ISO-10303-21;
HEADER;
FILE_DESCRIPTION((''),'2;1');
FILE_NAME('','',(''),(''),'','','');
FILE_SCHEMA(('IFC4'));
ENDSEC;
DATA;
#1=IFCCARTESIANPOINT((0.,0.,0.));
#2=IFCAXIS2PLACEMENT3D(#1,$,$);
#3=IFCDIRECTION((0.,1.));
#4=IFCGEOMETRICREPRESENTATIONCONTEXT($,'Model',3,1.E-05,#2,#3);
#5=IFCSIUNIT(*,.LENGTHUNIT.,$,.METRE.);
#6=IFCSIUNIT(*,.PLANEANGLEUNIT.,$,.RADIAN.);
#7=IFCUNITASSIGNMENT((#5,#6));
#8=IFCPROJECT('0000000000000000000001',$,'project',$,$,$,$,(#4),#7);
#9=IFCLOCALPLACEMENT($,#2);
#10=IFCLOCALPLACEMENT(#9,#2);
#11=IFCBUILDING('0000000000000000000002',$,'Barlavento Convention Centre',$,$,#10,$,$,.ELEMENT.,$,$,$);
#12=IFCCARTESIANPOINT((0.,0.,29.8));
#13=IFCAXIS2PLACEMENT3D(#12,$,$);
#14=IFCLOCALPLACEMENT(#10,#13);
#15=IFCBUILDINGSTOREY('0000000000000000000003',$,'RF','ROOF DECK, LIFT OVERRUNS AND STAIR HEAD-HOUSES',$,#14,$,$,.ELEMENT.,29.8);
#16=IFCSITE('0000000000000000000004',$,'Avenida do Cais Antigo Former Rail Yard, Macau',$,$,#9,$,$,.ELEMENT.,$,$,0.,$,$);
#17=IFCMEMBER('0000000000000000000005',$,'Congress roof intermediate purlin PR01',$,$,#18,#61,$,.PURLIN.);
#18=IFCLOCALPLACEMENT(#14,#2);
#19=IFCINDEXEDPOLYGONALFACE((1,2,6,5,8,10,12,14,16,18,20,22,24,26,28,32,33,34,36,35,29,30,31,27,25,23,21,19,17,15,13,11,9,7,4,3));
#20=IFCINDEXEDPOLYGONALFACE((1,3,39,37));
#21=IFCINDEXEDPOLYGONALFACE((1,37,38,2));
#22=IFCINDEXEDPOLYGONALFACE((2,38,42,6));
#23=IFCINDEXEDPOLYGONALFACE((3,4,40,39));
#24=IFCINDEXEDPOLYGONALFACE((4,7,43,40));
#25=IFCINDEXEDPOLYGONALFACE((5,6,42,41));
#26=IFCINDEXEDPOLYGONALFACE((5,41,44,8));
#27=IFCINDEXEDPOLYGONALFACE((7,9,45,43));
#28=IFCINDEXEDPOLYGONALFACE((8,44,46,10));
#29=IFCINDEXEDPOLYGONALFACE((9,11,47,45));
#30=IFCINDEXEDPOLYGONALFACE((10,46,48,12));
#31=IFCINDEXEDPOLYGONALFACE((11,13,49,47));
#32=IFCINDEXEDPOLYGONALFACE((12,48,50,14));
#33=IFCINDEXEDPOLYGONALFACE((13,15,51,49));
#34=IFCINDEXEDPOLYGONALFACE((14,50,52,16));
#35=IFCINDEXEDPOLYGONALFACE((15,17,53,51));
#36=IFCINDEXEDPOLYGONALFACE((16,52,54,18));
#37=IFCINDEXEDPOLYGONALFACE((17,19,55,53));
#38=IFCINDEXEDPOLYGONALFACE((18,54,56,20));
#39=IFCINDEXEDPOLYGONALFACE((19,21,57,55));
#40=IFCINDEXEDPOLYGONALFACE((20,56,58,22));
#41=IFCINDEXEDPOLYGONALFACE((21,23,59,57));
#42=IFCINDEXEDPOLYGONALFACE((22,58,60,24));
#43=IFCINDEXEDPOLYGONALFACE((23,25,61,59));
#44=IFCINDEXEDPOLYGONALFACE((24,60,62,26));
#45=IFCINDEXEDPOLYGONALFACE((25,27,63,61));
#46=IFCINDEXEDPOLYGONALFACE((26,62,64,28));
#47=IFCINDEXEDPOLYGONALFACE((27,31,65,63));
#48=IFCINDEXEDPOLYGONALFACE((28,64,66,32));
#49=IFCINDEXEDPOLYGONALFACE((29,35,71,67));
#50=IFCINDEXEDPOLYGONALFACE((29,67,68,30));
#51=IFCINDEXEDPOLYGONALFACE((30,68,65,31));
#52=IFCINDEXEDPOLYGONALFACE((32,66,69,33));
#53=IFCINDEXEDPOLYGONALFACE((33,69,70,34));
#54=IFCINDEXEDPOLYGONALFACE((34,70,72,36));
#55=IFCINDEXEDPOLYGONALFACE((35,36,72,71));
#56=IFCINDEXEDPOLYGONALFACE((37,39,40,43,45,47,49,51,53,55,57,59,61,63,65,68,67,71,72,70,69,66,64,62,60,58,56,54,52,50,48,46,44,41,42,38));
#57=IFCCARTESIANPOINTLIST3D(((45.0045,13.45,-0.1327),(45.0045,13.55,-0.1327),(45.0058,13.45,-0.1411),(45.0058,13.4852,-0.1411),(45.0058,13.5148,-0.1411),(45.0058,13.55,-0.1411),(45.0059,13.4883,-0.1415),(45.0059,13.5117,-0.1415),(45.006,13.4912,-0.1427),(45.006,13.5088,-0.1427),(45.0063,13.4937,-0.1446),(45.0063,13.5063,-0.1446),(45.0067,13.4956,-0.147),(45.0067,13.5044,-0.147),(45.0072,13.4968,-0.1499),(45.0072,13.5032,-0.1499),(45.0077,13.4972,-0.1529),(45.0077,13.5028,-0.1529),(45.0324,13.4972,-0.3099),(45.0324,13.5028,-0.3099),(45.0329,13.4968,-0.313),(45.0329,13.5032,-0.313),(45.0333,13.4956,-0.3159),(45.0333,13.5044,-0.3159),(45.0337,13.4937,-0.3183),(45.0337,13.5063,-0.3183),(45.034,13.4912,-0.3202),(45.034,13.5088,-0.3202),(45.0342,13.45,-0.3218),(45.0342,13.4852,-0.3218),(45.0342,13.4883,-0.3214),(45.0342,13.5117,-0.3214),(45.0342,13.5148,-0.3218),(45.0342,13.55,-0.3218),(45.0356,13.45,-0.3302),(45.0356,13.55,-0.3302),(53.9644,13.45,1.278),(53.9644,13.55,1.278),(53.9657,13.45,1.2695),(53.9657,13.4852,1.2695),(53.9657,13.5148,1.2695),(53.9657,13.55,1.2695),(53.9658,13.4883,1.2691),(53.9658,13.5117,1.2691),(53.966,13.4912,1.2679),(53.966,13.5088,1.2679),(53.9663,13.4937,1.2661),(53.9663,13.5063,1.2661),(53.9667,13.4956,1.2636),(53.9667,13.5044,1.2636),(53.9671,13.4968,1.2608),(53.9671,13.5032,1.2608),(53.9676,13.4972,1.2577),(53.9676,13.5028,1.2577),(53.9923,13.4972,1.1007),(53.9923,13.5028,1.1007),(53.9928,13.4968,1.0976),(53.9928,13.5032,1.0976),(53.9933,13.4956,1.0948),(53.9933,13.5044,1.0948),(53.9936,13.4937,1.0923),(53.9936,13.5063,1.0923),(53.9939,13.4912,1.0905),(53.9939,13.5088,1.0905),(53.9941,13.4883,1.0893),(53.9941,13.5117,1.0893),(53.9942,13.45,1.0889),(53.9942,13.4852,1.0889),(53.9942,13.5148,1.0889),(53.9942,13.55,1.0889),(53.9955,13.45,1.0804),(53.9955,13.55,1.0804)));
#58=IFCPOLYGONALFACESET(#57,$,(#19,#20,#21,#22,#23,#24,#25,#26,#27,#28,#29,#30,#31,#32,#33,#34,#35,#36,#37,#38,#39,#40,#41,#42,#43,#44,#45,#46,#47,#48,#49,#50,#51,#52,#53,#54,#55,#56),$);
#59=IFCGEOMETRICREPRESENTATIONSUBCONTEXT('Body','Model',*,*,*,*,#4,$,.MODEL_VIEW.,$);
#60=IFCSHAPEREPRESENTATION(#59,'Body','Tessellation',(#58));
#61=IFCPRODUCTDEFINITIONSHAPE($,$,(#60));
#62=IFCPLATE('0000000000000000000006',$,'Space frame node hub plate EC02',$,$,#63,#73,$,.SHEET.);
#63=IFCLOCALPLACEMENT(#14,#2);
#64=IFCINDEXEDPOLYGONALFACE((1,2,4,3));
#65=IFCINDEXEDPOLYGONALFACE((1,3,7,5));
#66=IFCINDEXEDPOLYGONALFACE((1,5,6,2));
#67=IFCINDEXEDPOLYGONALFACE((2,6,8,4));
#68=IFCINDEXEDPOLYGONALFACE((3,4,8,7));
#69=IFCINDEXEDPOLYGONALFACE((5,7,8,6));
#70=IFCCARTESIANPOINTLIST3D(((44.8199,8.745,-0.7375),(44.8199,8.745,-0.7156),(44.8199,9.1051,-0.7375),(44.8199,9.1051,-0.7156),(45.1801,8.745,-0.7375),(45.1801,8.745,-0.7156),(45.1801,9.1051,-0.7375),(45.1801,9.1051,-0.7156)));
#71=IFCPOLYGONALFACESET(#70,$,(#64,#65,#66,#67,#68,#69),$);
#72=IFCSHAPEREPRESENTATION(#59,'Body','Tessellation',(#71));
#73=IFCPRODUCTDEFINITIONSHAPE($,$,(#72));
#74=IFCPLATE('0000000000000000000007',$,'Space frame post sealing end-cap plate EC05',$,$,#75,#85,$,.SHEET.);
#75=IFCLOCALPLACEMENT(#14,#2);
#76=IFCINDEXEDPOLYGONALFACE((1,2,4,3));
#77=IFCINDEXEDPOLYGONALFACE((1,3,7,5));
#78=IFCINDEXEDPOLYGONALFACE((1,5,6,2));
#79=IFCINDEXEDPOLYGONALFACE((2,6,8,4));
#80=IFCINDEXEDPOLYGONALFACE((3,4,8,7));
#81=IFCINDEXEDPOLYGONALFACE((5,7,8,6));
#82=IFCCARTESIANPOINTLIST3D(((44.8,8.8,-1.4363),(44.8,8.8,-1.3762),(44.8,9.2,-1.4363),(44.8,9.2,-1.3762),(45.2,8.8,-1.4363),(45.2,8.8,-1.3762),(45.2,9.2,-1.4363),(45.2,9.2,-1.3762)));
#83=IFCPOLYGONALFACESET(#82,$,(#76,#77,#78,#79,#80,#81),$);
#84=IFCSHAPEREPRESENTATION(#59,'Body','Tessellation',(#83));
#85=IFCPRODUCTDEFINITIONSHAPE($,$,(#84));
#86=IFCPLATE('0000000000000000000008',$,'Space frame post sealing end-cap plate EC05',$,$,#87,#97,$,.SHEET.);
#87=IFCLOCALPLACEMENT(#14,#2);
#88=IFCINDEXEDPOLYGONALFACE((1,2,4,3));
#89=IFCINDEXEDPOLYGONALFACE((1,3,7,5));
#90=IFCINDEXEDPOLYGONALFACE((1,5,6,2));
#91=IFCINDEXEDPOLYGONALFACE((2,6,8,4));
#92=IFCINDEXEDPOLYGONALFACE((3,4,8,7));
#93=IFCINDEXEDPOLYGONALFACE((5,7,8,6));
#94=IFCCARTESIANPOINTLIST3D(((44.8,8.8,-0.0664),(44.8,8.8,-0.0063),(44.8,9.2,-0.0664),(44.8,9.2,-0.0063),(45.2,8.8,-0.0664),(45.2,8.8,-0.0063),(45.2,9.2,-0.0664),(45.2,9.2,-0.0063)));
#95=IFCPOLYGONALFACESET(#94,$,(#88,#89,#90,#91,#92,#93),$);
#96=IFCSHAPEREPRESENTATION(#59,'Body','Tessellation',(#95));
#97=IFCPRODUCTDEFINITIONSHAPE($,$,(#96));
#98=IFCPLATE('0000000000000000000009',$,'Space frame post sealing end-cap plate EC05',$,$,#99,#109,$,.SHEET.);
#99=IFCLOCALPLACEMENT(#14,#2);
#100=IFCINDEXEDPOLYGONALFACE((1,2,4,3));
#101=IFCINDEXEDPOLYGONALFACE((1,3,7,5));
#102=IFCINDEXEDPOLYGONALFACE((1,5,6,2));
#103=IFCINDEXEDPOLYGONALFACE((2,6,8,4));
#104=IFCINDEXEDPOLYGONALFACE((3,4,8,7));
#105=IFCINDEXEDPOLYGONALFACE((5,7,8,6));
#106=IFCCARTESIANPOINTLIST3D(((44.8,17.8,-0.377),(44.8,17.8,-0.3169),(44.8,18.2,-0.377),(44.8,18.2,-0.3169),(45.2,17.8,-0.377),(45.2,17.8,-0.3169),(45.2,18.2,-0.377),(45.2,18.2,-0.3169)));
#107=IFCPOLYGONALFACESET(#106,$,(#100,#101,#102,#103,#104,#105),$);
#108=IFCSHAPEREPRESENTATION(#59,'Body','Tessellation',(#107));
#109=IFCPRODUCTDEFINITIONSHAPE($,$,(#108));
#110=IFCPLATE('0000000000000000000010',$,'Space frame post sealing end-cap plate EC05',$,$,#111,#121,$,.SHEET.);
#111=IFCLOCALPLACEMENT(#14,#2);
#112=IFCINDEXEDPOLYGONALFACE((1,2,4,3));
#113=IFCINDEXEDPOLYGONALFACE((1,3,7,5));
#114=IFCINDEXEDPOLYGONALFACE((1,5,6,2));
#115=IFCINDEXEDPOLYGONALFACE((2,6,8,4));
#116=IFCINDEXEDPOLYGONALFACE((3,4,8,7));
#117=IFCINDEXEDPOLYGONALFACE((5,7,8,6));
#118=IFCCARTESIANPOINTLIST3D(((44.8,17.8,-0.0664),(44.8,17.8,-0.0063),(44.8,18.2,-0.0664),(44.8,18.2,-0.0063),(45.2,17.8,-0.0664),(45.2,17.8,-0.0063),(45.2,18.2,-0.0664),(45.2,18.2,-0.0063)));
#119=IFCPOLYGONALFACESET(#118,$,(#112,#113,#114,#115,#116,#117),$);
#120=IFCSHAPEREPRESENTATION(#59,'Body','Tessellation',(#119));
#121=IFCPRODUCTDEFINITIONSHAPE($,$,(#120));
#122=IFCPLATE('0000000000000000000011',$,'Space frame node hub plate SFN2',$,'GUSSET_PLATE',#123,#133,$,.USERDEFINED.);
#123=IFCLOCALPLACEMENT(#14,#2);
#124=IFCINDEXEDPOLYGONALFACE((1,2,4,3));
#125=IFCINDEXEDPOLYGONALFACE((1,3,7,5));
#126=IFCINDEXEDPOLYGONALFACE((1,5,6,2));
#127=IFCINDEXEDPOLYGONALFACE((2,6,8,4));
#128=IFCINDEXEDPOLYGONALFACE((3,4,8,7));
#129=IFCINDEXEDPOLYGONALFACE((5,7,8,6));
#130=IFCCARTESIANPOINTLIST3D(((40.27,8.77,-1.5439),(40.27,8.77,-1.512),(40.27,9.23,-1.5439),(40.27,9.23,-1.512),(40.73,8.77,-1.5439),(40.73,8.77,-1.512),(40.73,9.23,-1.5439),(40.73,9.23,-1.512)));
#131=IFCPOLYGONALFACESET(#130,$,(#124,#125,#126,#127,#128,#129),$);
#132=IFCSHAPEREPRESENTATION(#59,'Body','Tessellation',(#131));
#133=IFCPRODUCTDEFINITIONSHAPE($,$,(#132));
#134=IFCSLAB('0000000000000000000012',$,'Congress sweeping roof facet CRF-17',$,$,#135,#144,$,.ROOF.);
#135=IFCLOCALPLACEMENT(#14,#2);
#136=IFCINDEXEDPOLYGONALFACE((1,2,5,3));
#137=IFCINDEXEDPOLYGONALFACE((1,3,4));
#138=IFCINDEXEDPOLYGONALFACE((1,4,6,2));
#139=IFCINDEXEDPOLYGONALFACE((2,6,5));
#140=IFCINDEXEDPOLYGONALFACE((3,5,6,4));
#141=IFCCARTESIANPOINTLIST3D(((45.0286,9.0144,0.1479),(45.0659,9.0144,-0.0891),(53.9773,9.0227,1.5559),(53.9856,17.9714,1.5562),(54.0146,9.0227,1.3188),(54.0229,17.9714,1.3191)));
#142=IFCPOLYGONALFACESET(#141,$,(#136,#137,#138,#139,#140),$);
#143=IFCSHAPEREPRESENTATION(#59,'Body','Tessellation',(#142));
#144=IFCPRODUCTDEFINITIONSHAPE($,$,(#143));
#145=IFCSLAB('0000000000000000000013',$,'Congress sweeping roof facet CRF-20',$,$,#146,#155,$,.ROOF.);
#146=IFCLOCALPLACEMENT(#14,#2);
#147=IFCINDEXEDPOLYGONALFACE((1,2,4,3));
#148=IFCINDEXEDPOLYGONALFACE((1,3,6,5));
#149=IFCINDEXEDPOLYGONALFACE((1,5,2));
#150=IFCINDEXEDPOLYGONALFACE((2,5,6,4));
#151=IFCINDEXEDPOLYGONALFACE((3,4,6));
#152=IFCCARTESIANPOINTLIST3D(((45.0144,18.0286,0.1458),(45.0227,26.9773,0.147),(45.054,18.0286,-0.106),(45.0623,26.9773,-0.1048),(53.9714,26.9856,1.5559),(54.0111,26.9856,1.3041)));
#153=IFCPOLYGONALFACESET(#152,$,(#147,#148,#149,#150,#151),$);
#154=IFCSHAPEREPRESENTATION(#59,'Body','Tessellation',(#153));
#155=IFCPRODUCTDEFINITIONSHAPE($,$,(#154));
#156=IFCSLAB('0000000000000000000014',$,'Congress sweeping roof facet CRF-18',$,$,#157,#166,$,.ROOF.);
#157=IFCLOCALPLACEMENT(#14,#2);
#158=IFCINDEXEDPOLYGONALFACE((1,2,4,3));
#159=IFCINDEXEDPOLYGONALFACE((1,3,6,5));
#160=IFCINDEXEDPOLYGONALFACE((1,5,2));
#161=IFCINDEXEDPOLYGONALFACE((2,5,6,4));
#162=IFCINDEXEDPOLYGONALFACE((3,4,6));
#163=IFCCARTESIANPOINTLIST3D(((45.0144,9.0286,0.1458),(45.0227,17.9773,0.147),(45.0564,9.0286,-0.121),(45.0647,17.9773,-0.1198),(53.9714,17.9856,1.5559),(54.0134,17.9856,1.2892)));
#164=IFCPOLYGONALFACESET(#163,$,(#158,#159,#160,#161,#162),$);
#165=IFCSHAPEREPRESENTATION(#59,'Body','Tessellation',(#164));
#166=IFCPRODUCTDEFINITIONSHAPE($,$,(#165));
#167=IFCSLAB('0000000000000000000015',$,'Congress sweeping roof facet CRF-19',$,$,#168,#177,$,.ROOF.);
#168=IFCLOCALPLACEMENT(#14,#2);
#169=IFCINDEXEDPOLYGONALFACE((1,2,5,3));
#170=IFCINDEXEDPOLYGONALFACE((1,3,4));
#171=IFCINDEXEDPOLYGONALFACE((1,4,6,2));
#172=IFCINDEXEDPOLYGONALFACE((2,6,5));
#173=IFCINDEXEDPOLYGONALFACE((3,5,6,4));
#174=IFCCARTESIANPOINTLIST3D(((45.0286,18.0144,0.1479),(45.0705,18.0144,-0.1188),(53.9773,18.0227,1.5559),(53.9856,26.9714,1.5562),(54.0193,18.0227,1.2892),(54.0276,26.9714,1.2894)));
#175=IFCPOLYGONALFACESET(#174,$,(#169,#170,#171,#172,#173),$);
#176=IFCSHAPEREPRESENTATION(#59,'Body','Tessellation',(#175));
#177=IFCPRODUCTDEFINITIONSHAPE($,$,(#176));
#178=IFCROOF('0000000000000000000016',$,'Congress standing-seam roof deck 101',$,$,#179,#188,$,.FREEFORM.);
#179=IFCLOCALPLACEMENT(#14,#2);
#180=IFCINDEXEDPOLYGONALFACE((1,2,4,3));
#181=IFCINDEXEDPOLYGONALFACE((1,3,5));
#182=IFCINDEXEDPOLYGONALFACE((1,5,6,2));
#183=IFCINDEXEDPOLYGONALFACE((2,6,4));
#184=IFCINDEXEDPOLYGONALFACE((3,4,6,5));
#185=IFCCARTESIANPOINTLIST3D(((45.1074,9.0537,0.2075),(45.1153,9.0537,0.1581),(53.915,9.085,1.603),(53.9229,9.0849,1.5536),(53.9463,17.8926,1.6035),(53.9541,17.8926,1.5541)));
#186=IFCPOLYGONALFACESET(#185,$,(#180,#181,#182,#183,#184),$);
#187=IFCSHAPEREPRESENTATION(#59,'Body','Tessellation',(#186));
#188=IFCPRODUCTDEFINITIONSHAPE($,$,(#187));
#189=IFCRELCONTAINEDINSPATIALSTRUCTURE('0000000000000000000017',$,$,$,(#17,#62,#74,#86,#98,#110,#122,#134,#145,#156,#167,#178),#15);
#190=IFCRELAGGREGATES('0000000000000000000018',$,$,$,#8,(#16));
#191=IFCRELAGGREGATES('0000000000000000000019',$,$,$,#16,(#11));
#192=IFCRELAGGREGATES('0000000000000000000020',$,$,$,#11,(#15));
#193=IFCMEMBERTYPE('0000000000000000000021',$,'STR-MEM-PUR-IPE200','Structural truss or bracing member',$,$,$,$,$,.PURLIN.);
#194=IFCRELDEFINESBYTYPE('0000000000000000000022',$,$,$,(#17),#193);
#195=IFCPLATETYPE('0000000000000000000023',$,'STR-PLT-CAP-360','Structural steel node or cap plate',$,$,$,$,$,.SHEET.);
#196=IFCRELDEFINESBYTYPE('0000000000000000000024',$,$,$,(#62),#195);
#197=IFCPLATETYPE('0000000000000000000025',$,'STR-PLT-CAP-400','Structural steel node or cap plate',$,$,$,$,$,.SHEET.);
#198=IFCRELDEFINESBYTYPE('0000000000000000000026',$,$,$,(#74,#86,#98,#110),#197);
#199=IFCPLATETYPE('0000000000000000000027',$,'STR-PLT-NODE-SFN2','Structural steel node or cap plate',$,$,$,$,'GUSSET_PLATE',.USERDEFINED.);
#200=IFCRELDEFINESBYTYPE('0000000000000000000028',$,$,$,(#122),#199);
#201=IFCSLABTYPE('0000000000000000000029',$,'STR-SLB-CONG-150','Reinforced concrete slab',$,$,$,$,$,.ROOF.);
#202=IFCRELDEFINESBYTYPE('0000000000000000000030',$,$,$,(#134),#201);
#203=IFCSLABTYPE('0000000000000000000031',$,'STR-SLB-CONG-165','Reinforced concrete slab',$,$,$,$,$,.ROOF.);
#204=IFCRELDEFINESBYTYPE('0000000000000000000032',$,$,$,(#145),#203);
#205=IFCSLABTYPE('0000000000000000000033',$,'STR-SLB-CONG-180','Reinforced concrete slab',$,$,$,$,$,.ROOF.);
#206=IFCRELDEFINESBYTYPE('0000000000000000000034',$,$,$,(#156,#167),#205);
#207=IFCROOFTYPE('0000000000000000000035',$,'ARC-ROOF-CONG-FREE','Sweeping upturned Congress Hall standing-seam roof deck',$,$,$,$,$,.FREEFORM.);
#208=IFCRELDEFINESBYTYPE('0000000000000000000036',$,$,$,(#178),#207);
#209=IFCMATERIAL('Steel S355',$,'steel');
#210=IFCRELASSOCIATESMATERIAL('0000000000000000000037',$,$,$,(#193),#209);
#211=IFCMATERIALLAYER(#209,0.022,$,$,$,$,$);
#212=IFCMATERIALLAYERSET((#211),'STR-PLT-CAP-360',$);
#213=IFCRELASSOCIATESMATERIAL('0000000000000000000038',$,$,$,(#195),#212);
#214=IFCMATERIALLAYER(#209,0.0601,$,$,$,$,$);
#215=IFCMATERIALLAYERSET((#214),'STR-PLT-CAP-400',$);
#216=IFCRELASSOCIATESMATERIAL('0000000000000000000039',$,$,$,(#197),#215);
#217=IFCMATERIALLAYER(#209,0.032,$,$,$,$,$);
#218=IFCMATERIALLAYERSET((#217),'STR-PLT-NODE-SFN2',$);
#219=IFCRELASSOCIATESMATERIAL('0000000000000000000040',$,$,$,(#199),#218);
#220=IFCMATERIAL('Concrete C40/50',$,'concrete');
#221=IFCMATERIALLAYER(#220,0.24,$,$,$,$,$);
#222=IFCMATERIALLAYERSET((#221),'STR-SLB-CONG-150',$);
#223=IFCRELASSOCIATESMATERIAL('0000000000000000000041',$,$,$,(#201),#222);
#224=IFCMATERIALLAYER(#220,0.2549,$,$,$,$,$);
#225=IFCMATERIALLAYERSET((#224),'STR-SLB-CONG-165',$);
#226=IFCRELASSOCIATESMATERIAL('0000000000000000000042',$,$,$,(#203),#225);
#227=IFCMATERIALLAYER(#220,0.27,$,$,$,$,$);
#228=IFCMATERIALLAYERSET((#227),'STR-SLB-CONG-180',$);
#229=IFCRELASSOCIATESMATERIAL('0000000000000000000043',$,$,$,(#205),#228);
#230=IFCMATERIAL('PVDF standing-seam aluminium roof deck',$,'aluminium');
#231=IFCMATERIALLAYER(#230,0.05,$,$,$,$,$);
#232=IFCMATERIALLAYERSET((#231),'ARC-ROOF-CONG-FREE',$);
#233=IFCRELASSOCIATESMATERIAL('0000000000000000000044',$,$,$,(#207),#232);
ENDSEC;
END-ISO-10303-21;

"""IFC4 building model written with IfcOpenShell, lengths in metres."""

from ifc_helpers import new_model, si_unit, direction, frame, origin, origin_2d, place, context, subcontext, project, spatial, polyline, rectangle, i_section, outline, extrude, material, layer, layer_set, material_profile, profile_set, type_object, element, save


model = new_model("IFC4")

# Units and contexts
model_context = context("Model", 3, precision=1e-05, world=origin(), true_north=direction((0.0, 1.0)))
body_context = subcontext(model_context, "Body", "Model", "MODEL_VIEW")
ifc_project = project(units=[si_unit("LENGTHUNIT", "METRE"), si_unit("PLANEANGLEUNIT", "RADIAN")], contexts=[model_context])

# Site, building, storey
site_placement = place(None, origin())
site = spatial("IfcSite", under=ifc_project, at=site_placement, Name="Avenida do Cais Antigo Former Rail Yard, Macau", CompositionType="ELEMENT", RefElevation=0.0)
building_placement = place(site_placement, origin())
building = spatial("IfcBuilding", under=site, at=building_placement, Name="Barlavento Convention Centre", CompositionType="ELEMENT")
storey_placement = place(building_placement, frame((0.0, 0.0, 29.8)))
storey = spatial("IfcBuildingStorey", under=building, at=storey_placement, Name="RF", Description="ROOF DECK, LIFT OVERRUNS AND STAIR HEAD-HOUSES", CompositionType="ELEMENT", Elevation=29.8)

# Member
ifc_material_1 = material(Name="Steel S355", Category="steel")
ifc_material_profile_1 = material_profile(ifc_material_1, i_section(OverallWidth=0.1001, OverallDepth=0.2, WebThickness=0.0056, FlangeThickness=0.0085, FilletRadius=0.012, at=origin_2d()), Name="IPE 200")
ifc_profile_set_1 = profile_set([ifc_material_profile_1], Name="Steel S355")
member_type_1 = type_object("IfcMemberType", Name="STR-MEM-PUR-IPE200", Description="Structural truss or bracing member", PredefinedType="PURLIN", material=ifc_profile_set_1)
member_1_placement = place(storey_placement, frame((45.02, 13.5, -0.2314), z_axis=(0.987832, 0.0, 0.155523), x_axis=(0.0, 1.0, 0.0)))
element("IfcMember", 1, at=member_1_placement, inside=storey, type_object=member_type_1, Name="Congress roof intermediate purlin PR01", PredefinedType="PURLIN", context=body_context, shape_type="SweptSolid", body=[
    extrude(i_section(OverallWidth=0.1001, OverallDepth=0.2, WebThickness=0.0056, FlangeThickness=0.0085, FilletRadius=0.012, at=origin_2d()), origin(), (0.0, 0.0, 1.0), 9.0703),
])

# Plates
ifc_layer_1 = layer(ifc_material_1, 0.022)
ifc_layer_set_1 = layer_set([ifc_layer_1], Name="STR-PLT-CAP-360")
plate_type_1 = type_object("IfcPlateType", Name="STR-PLT-CAP-360", Description="Structural steel node or cap plate", PredefinedType="SHEET", material=ifc_layer_set_1)
plate_1_placement = place(storey_placement, frame((45.0, 8.925, -0.7375), z_axis=(0.0, 0.0, 1.0), x_axis=(1.0, 0.0, 0.0)))
element("IfcPlate", 2, at=plate_1_placement, inside=storey, type_object=plate_type_1, Name="Space frame node hub plate EC02", PredefinedType="SHEET", context=body_context, shape_type="SweptSolid", body=[
    extrude(rectangle(XDim=0.3601, YDim=0.3601, at=origin_2d()), origin(), (0.0, 0.0, 1.0), 0.022),
])
ifc_layer_2 = layer(ifc_material_1, 0.0601)
ifc_layer_set_2 = layer_set([ifc_layer_2], Name="STR-PLT-CAP-400")
plate_type_2 = type_object("IfcPlateType", Name="STR-PLT-CAP-400", Description="Structural steel node or cap plate", PredefinedType="SHEET", material=ifc_layer_set_2)
for number, where, z_axis, x_axis, name in (
    (3, (45.0, 9.0, -1.4363), (0.0, 0.0, 1.0), (1.0, 0.0, 0.0), "Space frame post sealing end-cap plate EC05"),
    (4, (45.0, 9.0, -0.0664), (0.0, 0.0, 1.0), (1.0, 0.0, 0.0), "Space frame post sealing end-cap plate EC05"),
    (5, (45.0, 18.0, -0.377), (0.0, 0.0, 1.0), (1.0, 0.0, 0.0), "Space frame post sealing end-cap plate EC05"),
    (6, (45.0, 18.0, -0.0664), (0.0, 0.0, 1.0), (1.0, 0.0, 0.0), "Space frame post sealing end-cap plate EC05"),
):
    element("IfcPlate", number, at=place(storey_placement, frame(where, z_axis=z_axis, x_axis=x_axis)), inside=storey, type_object=plate_type_2, Name=name, PredefinedType="SHEET", context=body_context, shape_type="SweptSolid", body=[
        extrude(rectangle(XDim=0.3999, YDim=0.3999, at=origin_2d()), origin(), (0.0, 0.0, 1.0), 0.0601),
    ])
ifc_layer_3 = layer(ifc_material_1, 0.032)
ifc_layer_set_3 = layer_set([ifc_layer_3], Name="STR-PLT-NODE-SFN2")
plate_type_3 = type_object("IfcPlateType", Name="STR-PLT-NODE-SFN2", Description="Structural steel node or cap plate", ElementType="GUSSET_PLATE", PredefinedType="USERDEFINED", material=ifc_layer_set_3)
plate_2_placement = place(storey_placement, frame((40.5, 9.0, -1.5439), z_axis=(0.0, 0.0, 1.0), x_axis=(1.0, 0.0, 0.0)))
element("IfcPlate", 7, at=plate_2_placement, inside=storey, type_object=plate_type_3, Name="Space frame node hub plate SFN2", ObjectType="GUSSET_PLATE", PredefinedType="USERDEFINED", context=body_context, shape_type="SweptSolid", body=[
    extrude(rectangle(XDim=0.46, YDim=0.46, at=origin_2d()), origin(), (0.0, 0.0, 1.0), 0.032),
])

# Slabs
ifc_material_2 = material(Name="Concrete C40/50", Category="concrete")
ifc_layer_4 = layer(ifc_material_2, 0.24)
ifc_layer_set_4 = layer_set([ifc_layer_4], Name="STR-SLB-CONG-150")
slab_type_1 = type_object("IfcSlabType", Name="STR-SLB-CONG-150", Description="Reinforced concrete slab", PredefinedType="ROOF", material=ifc_layer_set_4)
slab_1_placement = place(storey_placement, frame((45.0286, 9.0144, 0.1479), z_axis=(-0.155424, 0.000117, 0.987848), x_axis=(0.987847, 0.000916, 0.155424)))
element("IfcSlab", 8, at=slab_1_placement, inside=storey, type_object=slab_type_1, Name="Congress sweeping roof facet CRF-17", PredefinedType="ROOF", context=body_context, shape_type="SweptSolid", body=[
    extrude(outline(polyline([(0.0, 0.0), (9.0588, 0.0), (9.0753, 8.9487), (0.0, 0.0)])), origin(), (0.0, 0.0, -1.0), 0.24),
])
ifc_layer_5 = layer(ifc_material_2, 0.2549)
ifc_layer_set_5 = layer_set([ifc_layer_5], Name="STR-SLB-CONG-165")
slab_type_2 = type_object("IfcSlabType", Name="STR-SLB-CONG-165", Description="Reinforced concrete slab", PredefinedType="ROOF", material=ifc_layer_set_5)
slab_2_placement = place(storey_placement, frame((45.0144, 18.0286, 0.1458), z_axis=(-0.155529, 0.00001, 0.987831), x_axis=(0.702766, 0.702766, 0.11064)))
element("IfcSlab", 9, at=slab_2_placement, inside=storey, type_object=slab_type_2, Name="Congress sweeping roof facet CRF-20", PredefinedType="ROOF", context=body_context, shape_type="SweptSolid", body=[
    extrude(outline(polyline([(0.0, 0.0), (12.7454, 0.0), (6.2948, 6.3604), (0.0, 0.0)])), origin(), (0.0, 0.0, -1.0), 0.2549),
])
ifc_layer_6 = layer(ifc_material_2, 0.27)
ifc_layer_set_6 = layer_set([ifc_layer_6], Name="STR-SLB-CONG-180")
slab_type_3 = type_object("IfcSlabType", Name="STR-SLB-CONG-180", Description="Reinforced concrete slab", PredefinedType="ROOF", material=ifc_layer_set_6)
slab_3_placement = place(storey_placement, frame((45.0144, 9.0286, 0.1458), z_axis=(-0.155529, 0.00001, 0.987831), x_axis=(0.702766, 0.702766, 0.11064)))
element("IfcSlab", 10, at=slab_3_placement, inside=storey, type_object=slab_type_3, Name="Congress sweeping roof facet CRF-18", PredefinedType="ROOF", context=body_context, shape_type="SweptSolid", body=[
    extrude(outline(polyline([(0.0, 0.0), (12.7454, 0.0), (6.2948, 6.3604), (0.0, 0.0)])), origin(), (0.0, 0.0, -1.0), 0.27),
])
slab_4_placement = place(storey_placement, frame((45.0286, 18.0144, 0.1479), z_axis=(-0.155424, 0.000117, 0.987848), x_axis=(0.987847, 0.000916, 0.155424)))
element("IfcSlab", 11, at=slab_4_placement, inside=storey, type_object=slab_type_3, Name="Congress sweeping roof facet CRF-19", PredefinedType="ROOF", context=body_context, shape_type="SweptSolid", body=[
    extrude(outline(polyline([(0.0, 0.0), (9.0588, 0.0), (9.0753, 8.9487), (0.0, 0.0)])), origin(), (0.0, 0.0, -1.0), 0.27),
])

# Roof
ifc_material_3 = material(Name="PVDF standing-seam aluminium roof deck", Category="aluminium")
ifc_layer_7 = layer(ifc_material_3, 0.05)
ifc_layer_set_7 = layer_set([ifc_layer_7], Name="ARC-ROOF-CONG-FREE")
roof_type = type_object("IfcRoofType", Name="ARC-ROOF-CONG-FREE", Description="Sweeping upturned Congress Hall standing-seam roof deck", PredefinedType="FREEFORM", material=ifc_layer_set_7)
roof_1_placement = place(storey_placement, frame((45.1074, 9.0537, 0.2075), z_axis=(-0.156493, 0.0005, 0.987679), x_axis=(0.987673, 0.003504, 0.15649)))
element("IfcRoof", 12, at=roof_1_placement, inside=storey, type_object=roof_type, Name="Congress standing-seam roof deck 101", PredefinedType="FREEFORM", context=body_context, shape_type="SweptSolid", body=[
    extrude(outline(polyline([(0.0, 0.0), (8.9175, 0.0), (8.9793, 8.8075), (0.0, 0.0)])), origin(), (0.0, 0.0, -1.0), 0.05),
])

save(model, "model.ifc")
